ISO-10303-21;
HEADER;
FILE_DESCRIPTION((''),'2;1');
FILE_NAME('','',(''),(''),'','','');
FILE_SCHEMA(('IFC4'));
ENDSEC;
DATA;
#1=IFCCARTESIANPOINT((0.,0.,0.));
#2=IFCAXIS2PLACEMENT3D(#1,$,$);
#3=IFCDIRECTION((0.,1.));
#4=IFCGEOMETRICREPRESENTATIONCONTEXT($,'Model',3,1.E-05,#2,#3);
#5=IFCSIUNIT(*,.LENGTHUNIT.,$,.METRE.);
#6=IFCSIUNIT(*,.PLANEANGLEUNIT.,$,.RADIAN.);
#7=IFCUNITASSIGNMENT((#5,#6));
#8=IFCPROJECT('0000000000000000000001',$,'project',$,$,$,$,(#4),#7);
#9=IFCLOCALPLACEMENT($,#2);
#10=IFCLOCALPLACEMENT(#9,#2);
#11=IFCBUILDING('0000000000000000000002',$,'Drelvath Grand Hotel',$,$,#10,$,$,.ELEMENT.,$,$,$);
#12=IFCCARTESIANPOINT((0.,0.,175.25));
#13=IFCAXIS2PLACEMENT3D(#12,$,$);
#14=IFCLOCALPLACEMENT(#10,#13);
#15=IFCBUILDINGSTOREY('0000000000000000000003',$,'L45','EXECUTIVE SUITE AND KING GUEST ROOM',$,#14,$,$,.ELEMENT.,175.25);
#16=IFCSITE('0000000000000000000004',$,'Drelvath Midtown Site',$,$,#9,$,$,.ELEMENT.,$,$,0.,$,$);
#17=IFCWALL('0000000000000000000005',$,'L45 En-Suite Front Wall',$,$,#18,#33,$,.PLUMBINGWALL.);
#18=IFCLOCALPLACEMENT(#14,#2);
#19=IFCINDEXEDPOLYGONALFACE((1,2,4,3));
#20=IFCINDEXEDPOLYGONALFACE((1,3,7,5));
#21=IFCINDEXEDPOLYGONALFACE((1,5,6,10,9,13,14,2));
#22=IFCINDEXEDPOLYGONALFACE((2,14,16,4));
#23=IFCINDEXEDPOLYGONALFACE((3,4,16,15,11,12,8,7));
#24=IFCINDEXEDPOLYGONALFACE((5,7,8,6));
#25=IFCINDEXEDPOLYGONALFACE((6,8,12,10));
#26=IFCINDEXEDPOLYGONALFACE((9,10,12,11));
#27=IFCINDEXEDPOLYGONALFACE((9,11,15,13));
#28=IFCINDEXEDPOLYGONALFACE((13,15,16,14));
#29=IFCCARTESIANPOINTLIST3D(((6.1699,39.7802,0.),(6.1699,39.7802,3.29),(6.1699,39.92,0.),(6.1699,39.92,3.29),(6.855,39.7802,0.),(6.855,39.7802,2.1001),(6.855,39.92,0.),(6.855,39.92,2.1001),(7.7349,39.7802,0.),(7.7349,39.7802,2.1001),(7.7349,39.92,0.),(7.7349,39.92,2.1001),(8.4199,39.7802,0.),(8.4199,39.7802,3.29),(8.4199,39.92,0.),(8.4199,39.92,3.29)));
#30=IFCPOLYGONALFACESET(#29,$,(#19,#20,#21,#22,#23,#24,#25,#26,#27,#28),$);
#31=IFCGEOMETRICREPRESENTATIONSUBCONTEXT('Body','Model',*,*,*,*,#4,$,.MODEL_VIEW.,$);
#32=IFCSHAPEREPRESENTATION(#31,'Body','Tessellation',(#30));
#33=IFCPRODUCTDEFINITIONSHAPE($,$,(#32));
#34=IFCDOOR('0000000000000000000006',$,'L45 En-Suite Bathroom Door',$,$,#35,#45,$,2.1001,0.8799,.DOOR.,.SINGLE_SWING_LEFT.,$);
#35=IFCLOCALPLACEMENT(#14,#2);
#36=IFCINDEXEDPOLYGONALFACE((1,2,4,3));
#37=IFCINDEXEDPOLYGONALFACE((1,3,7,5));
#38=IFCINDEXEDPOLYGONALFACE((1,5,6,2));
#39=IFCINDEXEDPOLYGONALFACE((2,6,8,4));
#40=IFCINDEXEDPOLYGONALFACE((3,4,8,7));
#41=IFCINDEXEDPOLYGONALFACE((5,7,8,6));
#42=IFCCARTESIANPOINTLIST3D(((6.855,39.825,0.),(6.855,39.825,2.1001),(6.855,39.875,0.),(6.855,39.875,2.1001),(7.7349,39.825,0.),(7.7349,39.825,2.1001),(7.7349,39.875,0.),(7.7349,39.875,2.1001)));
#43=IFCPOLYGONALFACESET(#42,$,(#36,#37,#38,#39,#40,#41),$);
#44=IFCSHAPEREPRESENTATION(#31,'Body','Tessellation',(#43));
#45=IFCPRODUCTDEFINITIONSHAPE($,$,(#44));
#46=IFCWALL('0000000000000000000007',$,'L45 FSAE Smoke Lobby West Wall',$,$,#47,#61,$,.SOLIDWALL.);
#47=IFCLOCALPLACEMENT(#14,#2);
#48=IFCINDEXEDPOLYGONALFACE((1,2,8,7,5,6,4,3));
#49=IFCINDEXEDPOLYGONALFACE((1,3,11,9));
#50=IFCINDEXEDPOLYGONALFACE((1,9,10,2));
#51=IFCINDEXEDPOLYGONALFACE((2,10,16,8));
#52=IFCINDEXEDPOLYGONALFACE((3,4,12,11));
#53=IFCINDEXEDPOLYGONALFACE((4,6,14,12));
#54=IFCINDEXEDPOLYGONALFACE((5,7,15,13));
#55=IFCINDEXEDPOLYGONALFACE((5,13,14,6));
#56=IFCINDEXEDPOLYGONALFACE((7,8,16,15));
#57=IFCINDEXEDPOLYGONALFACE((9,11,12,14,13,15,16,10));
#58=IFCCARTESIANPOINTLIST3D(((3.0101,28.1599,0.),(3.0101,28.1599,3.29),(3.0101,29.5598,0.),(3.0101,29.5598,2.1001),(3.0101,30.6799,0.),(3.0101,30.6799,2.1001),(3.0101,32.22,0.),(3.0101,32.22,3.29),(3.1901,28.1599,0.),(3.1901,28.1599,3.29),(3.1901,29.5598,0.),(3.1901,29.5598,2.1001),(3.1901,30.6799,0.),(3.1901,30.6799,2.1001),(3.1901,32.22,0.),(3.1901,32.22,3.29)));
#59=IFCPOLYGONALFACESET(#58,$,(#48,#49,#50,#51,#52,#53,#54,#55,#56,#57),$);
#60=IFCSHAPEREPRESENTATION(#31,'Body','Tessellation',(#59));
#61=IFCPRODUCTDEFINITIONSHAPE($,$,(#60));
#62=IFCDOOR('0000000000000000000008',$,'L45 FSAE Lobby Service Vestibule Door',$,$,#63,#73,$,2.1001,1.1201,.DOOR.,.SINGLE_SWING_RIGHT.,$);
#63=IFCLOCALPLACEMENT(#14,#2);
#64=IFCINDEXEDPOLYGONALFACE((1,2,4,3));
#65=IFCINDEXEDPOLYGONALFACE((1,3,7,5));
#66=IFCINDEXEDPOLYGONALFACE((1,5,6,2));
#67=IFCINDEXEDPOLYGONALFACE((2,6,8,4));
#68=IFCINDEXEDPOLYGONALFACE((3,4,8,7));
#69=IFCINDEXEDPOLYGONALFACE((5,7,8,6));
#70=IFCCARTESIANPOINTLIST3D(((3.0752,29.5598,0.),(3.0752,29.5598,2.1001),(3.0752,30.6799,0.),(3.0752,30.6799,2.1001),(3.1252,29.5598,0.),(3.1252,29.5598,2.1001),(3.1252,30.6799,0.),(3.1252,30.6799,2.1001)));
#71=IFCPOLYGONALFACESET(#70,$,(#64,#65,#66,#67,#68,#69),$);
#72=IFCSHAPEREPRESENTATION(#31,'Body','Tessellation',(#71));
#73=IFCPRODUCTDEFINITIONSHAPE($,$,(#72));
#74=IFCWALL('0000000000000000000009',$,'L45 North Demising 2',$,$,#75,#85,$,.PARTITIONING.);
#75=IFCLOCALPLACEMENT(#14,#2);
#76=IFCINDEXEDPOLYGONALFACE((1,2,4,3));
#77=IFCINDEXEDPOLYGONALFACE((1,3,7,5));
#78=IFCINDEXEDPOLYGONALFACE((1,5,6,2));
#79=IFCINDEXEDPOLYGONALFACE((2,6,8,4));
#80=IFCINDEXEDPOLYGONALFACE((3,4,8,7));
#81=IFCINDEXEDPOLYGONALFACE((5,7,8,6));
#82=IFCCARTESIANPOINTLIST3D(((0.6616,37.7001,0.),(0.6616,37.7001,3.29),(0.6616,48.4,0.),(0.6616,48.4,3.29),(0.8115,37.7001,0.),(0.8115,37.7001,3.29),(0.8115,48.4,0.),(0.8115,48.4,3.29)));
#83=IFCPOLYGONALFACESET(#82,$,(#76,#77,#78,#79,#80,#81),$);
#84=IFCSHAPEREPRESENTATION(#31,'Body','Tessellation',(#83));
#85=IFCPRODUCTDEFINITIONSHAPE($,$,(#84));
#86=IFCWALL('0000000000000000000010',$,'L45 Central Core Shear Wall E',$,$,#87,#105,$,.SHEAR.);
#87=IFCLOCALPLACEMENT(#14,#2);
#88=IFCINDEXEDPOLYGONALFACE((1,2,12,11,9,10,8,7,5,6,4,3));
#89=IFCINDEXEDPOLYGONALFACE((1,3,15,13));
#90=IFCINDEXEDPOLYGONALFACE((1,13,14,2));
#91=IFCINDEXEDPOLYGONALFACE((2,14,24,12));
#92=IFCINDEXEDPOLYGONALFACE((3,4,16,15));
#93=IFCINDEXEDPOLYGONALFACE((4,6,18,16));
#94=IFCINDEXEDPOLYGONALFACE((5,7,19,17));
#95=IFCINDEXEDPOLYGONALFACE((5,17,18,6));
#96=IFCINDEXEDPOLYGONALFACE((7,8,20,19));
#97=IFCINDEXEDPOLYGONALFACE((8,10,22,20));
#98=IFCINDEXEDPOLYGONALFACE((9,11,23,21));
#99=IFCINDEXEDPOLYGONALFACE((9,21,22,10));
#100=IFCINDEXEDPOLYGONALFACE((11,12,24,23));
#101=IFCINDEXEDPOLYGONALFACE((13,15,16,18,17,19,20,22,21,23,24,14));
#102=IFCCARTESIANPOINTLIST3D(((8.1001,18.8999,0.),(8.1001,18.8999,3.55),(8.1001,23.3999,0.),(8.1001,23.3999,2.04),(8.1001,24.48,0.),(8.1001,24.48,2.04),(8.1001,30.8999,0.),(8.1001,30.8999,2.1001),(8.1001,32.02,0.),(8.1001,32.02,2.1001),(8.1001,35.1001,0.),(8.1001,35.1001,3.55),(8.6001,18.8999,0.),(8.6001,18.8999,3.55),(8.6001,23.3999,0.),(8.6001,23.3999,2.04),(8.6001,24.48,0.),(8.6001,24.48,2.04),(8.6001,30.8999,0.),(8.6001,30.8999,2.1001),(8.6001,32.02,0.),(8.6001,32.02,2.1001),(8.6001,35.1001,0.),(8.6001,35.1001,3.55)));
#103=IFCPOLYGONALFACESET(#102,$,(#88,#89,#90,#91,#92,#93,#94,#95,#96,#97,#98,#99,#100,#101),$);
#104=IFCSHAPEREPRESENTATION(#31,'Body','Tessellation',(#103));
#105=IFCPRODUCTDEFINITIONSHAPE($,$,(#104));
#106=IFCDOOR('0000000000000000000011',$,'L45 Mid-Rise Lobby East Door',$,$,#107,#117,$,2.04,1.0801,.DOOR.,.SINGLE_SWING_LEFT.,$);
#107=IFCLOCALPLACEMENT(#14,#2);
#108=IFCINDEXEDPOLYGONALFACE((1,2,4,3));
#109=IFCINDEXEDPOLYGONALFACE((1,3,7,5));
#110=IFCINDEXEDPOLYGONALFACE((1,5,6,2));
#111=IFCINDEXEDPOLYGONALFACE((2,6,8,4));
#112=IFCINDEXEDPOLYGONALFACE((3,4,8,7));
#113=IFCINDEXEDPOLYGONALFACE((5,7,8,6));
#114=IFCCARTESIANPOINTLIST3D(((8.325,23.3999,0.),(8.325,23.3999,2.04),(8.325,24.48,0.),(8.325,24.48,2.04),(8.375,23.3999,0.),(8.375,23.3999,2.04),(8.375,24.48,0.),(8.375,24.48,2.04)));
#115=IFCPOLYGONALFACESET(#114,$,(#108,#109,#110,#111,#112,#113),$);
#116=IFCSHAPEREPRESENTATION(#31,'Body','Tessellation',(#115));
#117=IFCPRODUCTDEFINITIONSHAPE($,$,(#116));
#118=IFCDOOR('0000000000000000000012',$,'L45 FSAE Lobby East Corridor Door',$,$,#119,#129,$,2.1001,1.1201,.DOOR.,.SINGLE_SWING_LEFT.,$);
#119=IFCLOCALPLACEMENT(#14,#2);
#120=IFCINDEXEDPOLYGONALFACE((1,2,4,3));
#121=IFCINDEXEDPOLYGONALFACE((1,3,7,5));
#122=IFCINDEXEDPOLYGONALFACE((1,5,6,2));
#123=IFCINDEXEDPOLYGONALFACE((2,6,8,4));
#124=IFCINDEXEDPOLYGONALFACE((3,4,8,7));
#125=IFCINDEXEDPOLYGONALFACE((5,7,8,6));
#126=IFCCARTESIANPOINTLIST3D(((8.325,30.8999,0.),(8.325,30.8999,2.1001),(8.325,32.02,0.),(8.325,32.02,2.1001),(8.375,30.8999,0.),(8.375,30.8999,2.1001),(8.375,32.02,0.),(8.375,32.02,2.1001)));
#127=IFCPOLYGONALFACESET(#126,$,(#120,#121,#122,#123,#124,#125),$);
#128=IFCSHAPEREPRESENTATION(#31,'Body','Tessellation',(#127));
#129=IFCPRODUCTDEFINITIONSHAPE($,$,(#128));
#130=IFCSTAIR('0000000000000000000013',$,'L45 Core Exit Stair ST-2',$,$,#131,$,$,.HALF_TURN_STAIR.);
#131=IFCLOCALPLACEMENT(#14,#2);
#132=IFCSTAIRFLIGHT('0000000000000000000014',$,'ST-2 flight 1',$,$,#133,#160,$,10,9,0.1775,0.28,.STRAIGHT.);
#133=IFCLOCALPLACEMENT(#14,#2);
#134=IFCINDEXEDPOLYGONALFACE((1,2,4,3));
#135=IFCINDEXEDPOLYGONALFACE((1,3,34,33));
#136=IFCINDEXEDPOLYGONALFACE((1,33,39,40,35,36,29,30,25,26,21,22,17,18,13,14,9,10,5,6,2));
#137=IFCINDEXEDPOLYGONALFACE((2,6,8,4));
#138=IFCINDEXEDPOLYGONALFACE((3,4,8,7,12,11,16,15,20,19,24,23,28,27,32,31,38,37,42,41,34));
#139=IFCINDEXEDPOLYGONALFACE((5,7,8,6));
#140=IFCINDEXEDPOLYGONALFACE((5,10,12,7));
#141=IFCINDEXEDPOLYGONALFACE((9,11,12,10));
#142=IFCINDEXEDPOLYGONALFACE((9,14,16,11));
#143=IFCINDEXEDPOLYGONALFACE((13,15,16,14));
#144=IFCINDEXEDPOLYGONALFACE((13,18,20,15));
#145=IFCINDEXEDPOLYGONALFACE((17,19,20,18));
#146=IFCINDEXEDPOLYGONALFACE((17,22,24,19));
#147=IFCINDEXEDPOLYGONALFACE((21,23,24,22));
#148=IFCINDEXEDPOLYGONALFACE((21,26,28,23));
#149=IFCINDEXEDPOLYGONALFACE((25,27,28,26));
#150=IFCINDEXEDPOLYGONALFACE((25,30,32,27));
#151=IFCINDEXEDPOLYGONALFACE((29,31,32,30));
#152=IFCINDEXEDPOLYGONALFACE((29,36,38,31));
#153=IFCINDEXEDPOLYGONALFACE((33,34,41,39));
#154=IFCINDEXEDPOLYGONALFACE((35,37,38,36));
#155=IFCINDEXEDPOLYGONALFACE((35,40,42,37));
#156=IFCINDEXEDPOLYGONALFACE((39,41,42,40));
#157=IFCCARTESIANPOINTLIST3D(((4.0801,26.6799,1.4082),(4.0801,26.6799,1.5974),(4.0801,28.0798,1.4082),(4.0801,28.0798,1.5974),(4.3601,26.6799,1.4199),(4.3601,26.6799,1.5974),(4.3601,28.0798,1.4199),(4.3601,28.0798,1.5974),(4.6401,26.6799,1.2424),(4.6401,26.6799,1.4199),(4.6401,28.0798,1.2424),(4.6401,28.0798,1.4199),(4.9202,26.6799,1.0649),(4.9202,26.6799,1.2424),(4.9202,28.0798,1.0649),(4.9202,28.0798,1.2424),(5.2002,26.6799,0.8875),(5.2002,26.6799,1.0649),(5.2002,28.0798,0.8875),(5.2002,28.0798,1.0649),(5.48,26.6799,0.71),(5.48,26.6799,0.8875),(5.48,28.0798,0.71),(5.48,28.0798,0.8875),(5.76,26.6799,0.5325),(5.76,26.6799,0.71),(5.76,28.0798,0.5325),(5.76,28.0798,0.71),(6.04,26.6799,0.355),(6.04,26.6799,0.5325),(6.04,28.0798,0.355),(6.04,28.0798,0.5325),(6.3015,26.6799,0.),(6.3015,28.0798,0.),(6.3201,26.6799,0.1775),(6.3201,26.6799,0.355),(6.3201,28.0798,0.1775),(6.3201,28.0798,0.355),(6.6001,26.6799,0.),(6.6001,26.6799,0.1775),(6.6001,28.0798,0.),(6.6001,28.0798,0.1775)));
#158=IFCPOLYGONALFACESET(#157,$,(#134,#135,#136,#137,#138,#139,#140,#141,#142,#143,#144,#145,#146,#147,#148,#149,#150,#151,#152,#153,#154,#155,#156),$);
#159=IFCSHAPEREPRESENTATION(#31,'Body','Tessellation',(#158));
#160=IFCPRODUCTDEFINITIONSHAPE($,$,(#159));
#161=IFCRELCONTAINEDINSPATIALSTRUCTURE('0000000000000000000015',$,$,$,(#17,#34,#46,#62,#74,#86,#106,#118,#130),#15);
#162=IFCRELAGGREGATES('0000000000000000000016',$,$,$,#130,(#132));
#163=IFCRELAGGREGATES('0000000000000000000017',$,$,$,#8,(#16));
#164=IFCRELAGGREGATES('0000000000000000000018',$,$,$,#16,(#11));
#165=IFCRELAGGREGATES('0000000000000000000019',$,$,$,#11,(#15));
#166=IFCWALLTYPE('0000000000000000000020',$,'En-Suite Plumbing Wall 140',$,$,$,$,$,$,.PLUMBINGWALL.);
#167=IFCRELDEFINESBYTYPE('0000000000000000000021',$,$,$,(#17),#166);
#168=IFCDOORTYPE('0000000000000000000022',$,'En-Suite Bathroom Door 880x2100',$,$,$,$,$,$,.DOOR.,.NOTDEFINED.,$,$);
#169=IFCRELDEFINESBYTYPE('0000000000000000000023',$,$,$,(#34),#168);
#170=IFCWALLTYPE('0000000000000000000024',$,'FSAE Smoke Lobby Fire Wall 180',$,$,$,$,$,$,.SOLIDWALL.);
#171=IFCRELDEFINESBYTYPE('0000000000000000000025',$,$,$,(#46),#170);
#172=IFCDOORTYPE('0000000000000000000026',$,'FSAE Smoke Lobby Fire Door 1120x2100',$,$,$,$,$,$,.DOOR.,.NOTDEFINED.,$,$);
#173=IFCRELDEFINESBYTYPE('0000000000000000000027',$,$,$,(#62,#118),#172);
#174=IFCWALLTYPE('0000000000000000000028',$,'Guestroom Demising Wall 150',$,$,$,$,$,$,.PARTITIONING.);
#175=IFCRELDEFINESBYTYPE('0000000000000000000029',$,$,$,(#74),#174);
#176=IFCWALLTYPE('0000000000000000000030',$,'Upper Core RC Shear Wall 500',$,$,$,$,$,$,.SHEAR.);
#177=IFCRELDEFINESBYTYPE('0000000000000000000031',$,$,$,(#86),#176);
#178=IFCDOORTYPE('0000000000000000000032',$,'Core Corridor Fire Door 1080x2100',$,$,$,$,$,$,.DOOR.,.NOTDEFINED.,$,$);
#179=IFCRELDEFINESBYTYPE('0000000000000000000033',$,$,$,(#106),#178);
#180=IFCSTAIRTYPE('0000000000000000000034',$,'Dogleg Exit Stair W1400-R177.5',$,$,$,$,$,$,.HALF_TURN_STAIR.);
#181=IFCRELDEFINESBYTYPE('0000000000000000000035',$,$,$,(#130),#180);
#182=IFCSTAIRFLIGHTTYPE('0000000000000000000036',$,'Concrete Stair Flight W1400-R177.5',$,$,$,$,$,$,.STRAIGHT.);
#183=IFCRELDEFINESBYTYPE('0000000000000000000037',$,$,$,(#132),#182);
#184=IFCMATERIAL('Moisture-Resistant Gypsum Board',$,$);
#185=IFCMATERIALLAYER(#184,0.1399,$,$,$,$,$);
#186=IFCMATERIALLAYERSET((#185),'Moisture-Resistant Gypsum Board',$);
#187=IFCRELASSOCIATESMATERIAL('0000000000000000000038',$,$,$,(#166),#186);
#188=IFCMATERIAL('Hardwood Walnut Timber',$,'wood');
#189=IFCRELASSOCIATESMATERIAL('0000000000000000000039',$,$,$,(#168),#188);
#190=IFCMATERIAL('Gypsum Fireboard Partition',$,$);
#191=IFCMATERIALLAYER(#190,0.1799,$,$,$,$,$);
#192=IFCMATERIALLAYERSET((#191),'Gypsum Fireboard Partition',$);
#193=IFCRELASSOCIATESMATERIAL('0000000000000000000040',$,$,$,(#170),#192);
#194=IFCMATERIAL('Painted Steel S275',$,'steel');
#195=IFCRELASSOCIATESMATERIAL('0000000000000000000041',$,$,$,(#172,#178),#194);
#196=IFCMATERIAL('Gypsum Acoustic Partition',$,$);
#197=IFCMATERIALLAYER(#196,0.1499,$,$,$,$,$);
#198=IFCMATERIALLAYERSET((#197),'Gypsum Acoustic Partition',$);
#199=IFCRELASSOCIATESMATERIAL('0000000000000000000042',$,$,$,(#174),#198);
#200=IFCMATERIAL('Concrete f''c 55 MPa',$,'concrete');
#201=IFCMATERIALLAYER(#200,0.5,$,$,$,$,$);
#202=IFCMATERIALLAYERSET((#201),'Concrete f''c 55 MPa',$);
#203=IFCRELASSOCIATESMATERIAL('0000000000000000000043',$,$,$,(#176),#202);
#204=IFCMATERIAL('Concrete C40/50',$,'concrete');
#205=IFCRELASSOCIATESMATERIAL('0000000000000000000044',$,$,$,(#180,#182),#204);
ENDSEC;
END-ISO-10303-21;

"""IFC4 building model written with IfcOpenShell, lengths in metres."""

from ifc_helpers import new_model, si_unit, direction, frame, frame_2d, origin, place, context, subcontext, project, spatial, polyline, rectangle, outline, extrude, material, layer, layer_set, type_object, element, fill, aggregate, save


model = new_model("IFC4")

# Units and contexts
model_context = context("Model", 3, precision=1e-05, world=origin(), true_north=direction((0.0, 1.0)))
body_context = subcontext(model_context, "Body", "Model", "MODEL_VIEW")
ifc_project = project(units=[si_unit("LENGTHUNIT", "METRE"), si_unit("PLANEANGLEUNIT", "RADIAN")], contexts=[model_context])

# Site, building, storey
site_placement = place(None, origin())
site = spatial("IfcSite", under=ifc_project, at=site_placement, Name="Drelvath Midtown Site", CompositionType="ELEMENT", RefElevation=0.0)
building_placement = place(site_placement, origin())
building = spatial("IfcBuilding", under=site, at=building_placement, Name="Drelvath Grand Hotel", CompositionType="ELEMENT")
storey_placement = place(building_placement, frame((0.0, 0.0, 175.25)))
storey = spatial("IfcBuildingStorey", under=building, at=storey_placement, Name="L45", Description="EXECUTIVE SUITE AND KING GUEST ROOM", CompositionType="ELEMENT", Elevation=175.25)

# Shared definitions
ifc_material_1 = material(Name="Concrete f'c 55 MPa", Category="concrete")

# Shared definitions
ifc_material_2 = material(Name="Concrete C40/50", Category="concrete")

# Shared definitions
ifc_material_3 = material(Name="Painted Steel S275", Category="steel")

# Shared definitions
ifc_material_4 = material(Name="Gypsum Fireboard Partition")
ifc_material_5 = material(Name="Moisture-Resistant Gypsum Board")
ifc_layer_1 = layer(ifc_material_5, 0.1399)
ifc_layer_set_1 = layer_set([ifc_layer_1], Name="Moisture-Resistant Gypsum Board")
wall_type_1 = type_object("IfcWallType", Name="En-Suite Plumbing Wall 140", PredefinedType="PLUMBINGWALL", material=ifc_layer_set_1)

# Walls, openings, doors
wall_1_placement = place(storey_placement, frame((6.1699, 39.8501, 0.0), z_axis=(0.0, 0.0, 1.0), x_axis=(1.0, 0.0, 0.0)))
wall_1 = element("IfcWall", 1, at=wall_1_placement, inside=storey, type_object=wall_type_1, Name="L45 En-Suite Front Wall", PredefinedType="PLUMBINGWALL", context=body_context, shape_type="SweptSolid", body=[
    extrude(rectangle(XDim=2.25, YDim=0.1399, at=frame_2d((1.125, 0.0))), origin(), (0.0, 0.0, 1.0), 3.29),
])
opening_1_placement = place(wall_1_placement, frame((0.6851, 0.0, 0.0)))
opening_1 = element("IfcOpeningElement", 2, at=opening_1_placement, cuts=wall_1, PredefinedType="OPENING", context=body_context, shape_type="SweptSolid", body=[
    extrude(rectangle(XDim=0.8799, YDim=2.1001, at=frame_2d((0.4399, 1.05))), frame((0.0, 0.0798, 0.0), z_axis=(0.0, -1.0, 0.0), x_axis=(1.0, 0.0, 0.0)), (0.0, 0.0, 1.0), 0.1599),
])
ifc_material_6 = material(Name="Hardwood Walnut Timber", Category="wood")
door_type_1 = type_object("IfcDoorType", Name="En-Suite Bathroom Door 880x2100", OperationType="NOTDEFINED", PredefinedType="DOOR", material=ifc_material_6)
door_1_placement = place(opening_1_placement, origin())
door_1 = element("IfcDoor", 3, at=door_1_placement, inside=storey, type_object=door_type_1, Name="L45 En-Suite Bathroom Door", OperationType="SINGLE_SWING_LEFT", OverallHeight=2.1001, OverallWidth=0.8799, PredefinedType="DOOR", context=body_context, shape_type="SweptSolid", body=[
    extrude(rectangle(XDim=0.8799, YDim=2.1001, at=frame_2d((0.4399, 1.05))), frame((0.0, 0.0249, 0.0), z_axis=(0.0, -1.0, 0.0), x_axis=(1.0, 0.0, 0.0)), (0.0, 0.0, 1.0), 0.05),
])
fill(opening_1, door_1)
ifc_layer_2 = layer(ifc_material_4, 0.1799)
ifc_layer_set_2 = layer_set([ifc_layer_2], Name="Gypsum Fireboard Partition")
wall_type_2 = type_object("IfcWallType", Name="FSAE Smoke Lobby Fire Wall 180", PredefinedType="SOLIDWALL", material=ifc_layer_set_2)
wall_2_placement = place(storey_placement, frame((3.1001, 28.1599, 0.0), z_axis=(0.0, 0.0, 1.0), x_axis=(0.0, 1.0, 0.0)))
wall_2 = element("IfcWall", 4, at=wall_2_placement, inside=storey, type_object=wall_type_2, Name="L45 FSAE Smoke Lobby West Wall", PredefinedType="SOLIDWALL", context=body_context, shape_type="SweptSolid", body=[
    extrude(rectangle(XDim=4.0601, YDim=0.1799, at=frame_2d((2.03, 0.0))), origin(), (0.0, 0.0, 1.0), 3.29),
])
opening_2_placement = place(wall_2_placement, frame((1.3999, 0.0, 0.0)))
opening_2 = element("IfcOpeningElement", 5, at=opening_2_placement, cuts=wall_2, PredefinedType="OPENING", context=body_context, shape_type="SweptSolid", body=[
    extrude(rectangle(XDim=1.1201, YDim=2.1001, at=frame_2d((0.5601, 1.05))), frame((0.0, 0.0999, 0.0), z_axis=(0.0, -1.0, 0.0), x_axis=(1.0, 0.0, 0.0)), (0.0, 0.0, 1.0), 0.2),
])
door_type_2 = type_object("IfcDoorType", Name="FSAE Smoke Lobby Fire Door 1120x2100", OperationType="NOTDEFINED", PredefinedType="DOOR", material=ifc_material_3)
door_2_placement = place(opening_2_placement, origin())
door_2 = element("IfcDoor", 6, at=door_2_placement, inside=storey, type_object=door_type_2, Name="L45 FSAE Lobby Service Vestibule Door", OperationType="SINGLE_SWING_RIGHT", OverallHeight=2.1001, OverallWidth=1.1201, PredefinedType="DOOR", context=body_context, shape_type="SweptSolid", body=[
    extrude(rectangle(XDim=1.1201, YDim=2.1001, at=frame_2d((0.5601, 1.05))), frame((0.0, 0.0249, 0.0), z_axis=(0.0, -1.0, 0.0), x_axis=(1.0, 0.0, 0.0)), (0.0, 0.0, 1.0), 0.05),
])
fill(opening_2, door_2)

# Wall
ifc_material_7 = material(Name="Gypsum Acoustic Partition")
ifc_layer_3 = layer(ifc_material_7, 0.1499)
ifc_layer_set_3 = layer_set([ifc_layer_3], Name="Gypsum Acoustic Partition")
wall_type_3 = type_object("IfcWallType", Name="Guestroom Demising Wall 150", PredefinedType="PARTITIONING", material=ifc_layer_set_3)
wall_3_placement = place(storey_placement, frame((0.7366, 37.7, 0.0), z_axis=(0.0, 0.0, 1.0), x_axis=(0.0, 1.0, 0.0)))
element("IfcWall", 7, at=wall_3_placement, inside=storey, type_object=wall_type_3, Name="L45 North Demising 2", PredefinedType="PARTITIONING", context=body_context, shape_type="SweptSolid", body=[
    extrude(rectangle(XDim=10.7, YDim=0.1499, at=frame_2d((5.3501, 0.0))), origin(), (0.0, 0.0, 1.0), 3.29),
])

# Wall, openings, doors
ifc_layer_4 = layer(ifc_material_1, 0.5)
ifc_layer_set_4 = layer_set([ifc_layer_4], Name="Concrete f'c 55 MPa")
wall_type_4 = type_object("IfcWallType", Name="Upper Core RC Shear Wall 500", PredefinedType="SHEAR", material=ifc_layer_set_4)
wall_4_placement = place(storey_placement, frame((8.3501, 35.1001, 0.0), z_axis=(0.0, 0.0, 1.0), x_axis=(0.0, -1.0, 0.0)))
wall_4 = element("IfcWall", 8, at=wall_4_placement, inside=storey, type_object=wall_type_4, Name="L45 Central Core Shear Wall E", PredefinedType="SHEAR", context=body_context, shape_type="SweptSolid", body=[
    extrude(rectangle(XDim=16.2002, YDim=0.5, at=frame_2d((8.1001, 0.0))), origin(), (0.0, 0.0, 1.0), 3.55),
])
opening_3_placement = place(wall_4_placement, frame((3.0801, 0.0, 0.0)))
opening_3 = element("IfcOpeningElement", 9, at=opening_3_placement, cuts=wall_4, PredefinedType="OPENING", context=body_context, shape_type="SweptSolid", body=[
    extrude(rectangle(XDim=1.1201, YDim=2.1001, at=frame_2d((0.5601, 1.05))), frame((0.0, 0.26, 0.0), z_axis=(0.0, -1.0, 0.0), x_axis=(1.0, 0.0, 0.0)), (0.0, 0.0, 1.0), 0.52),
])
opening_4_placement = place(wall_4_placement, frame((10.6201, 0.0, 0.0)))
opening_4 = element("IfcOpeningElement", 10, at=opening_4_placement, cuts=wall_4, PredefinedType="OPENING", context=body_context, shape_type="SweptSolid", body=[
    extrude(rectangle(XDim=1.0801, YDim=2.04, at=frame_2d((0.54, 1.02))), frame((0.0, 0.26, 0.0), z_axis=(0.0, -1.0, 0.0), x_axis=(1.0, 0.0, 0.0)), (0.0, 0.0, 1.0), 0.52),
])
door_type_3 = type_object("IfcDoorType", Name="Core Corridor Fire Door 1080x2100", OperationType="NOTDEFINED", PredefinedType="DOOR", material=ifc_material_3)
door_3_placement = place(opening_4_placement, origin())
door_3 = element("IfcDoor", 11, at=door_3_placement, inside=storey, type_object=door_type_3, Name="L45 Mid-Rise Lobby East Door", OperationType="SINGLE_SWING_LEFT", OverallHeight=2.04, OverallWidth=1.0801, PredefinedType="DOOR", context=body_context, shape_type="SweptSolid", body=[
    extrude(rectangle(XDim=1.0801, YDim=2.04, at=frame_2d((0.54, 1.02))), frame((0.0, 0.0249, 0.0), z_axis=(0.0, -1.0, 0.0), x_axis=(1.0, 0.0, 0.0)), (0.0, 0.0, 1.0), 0.05),
])
fill(opening_4, door_3)
door_4_placement = place(opening_3_placement, origin())
door_4 = element("IfcDoor", 12, at=door_4_placement, inside=storey, type_object=door_type_2, Name="L45 FSAE Lobby East Corridor Door", OperationType="SINGLE_SWING_LEFT", OverallHeight=2.1001, OverallWidth=1.1201, PredefinedType="DOOR", context=body_context, shape_type="SweptSolid", body=[
    extrude(rectangle(XDim=1.1201, YDim=2.1001, at=frame_2d((0.5601, 1.05))), frame((0.0, 0.0249, 0.0), z_axis=(0.0, -1.0, 0.0), x_axis=(1.0, 0.0, 0.0)), (0.0, 0.0, 1.0), 0.05),
])
fill(opening_3, door_4)

# Stair, stair flight
stair_type = type_object("IfcStairType", Name="Dogleg Exit Stair W1400-R177.5", PredefinedType="HALF_TURN_STAIR", material=ifc_material_2)
stair_placement = place(storey_placement, origin())
stair = element("IfcStair", 13, at=stair_placement, inside=storey, type_object=stair_type, Name="L45 Core Exit Stair ST-2", PredefinedType="HALF_TURN_STAIR")
stair_flight_type = type_object("IfcStairFlightType", Name="Concrete Stair Flight W1400-R177.5", PredefinedType="STRAIGHT", material=ifc_material_2)
stair_flight_placement = place(storey_placement, frame((6.6001, 27.3799, 0.0), z_axis=(0.0, 0.0, 1.0), x_axis=(-1.0, 0.0, 0.0)))
stair_flight = element("IfcStairFlight", 14, at=stair_flight_placement, type_object=stair_flight_type, Name="ST-2 flight 1", NumberOfRisers=10, NumberOfTreads=9, PredefinedType="STRAIGHT", RiserHeight=0.1775, TreadLength=0.28, context=body_context, shape_type="SweptSolid", body=[
    extrude(outline(polyline([(0.0, 0.0), (0.0, 0.1775), (0.28, 0.1775), (0.28, 0.355), (0.5601, 0.355), (0.5601, 0.5325), (0.8401, 0.5325), (0.8401, 0.71), (1.1201, 0.71), (1.1201, 0.8875), (1.3999, 0.8875), (1.3999, 1.0649), (1.6799, 1.0649), (1.6799, 1.2424), (1.96, 1.2424), (1.96, 1.4199), (2.24, 1.4199), (2.24, 1.5974), (2.52, 1.5974), (2.52, 1.7749), (2.52, 1.4082), (0.2986, 0.0), (0.0, 0.0)])), frame((0.0, 0.7, 0.0), z_axis=(0.0, -1.0, 0.0), x_axis=(1.0, 0.0, 0.0)), (0.0, 0.0, 1.0), 1.3999),
])
aggregate(stair, [stair_flight])

save(model, "model.ifc")
